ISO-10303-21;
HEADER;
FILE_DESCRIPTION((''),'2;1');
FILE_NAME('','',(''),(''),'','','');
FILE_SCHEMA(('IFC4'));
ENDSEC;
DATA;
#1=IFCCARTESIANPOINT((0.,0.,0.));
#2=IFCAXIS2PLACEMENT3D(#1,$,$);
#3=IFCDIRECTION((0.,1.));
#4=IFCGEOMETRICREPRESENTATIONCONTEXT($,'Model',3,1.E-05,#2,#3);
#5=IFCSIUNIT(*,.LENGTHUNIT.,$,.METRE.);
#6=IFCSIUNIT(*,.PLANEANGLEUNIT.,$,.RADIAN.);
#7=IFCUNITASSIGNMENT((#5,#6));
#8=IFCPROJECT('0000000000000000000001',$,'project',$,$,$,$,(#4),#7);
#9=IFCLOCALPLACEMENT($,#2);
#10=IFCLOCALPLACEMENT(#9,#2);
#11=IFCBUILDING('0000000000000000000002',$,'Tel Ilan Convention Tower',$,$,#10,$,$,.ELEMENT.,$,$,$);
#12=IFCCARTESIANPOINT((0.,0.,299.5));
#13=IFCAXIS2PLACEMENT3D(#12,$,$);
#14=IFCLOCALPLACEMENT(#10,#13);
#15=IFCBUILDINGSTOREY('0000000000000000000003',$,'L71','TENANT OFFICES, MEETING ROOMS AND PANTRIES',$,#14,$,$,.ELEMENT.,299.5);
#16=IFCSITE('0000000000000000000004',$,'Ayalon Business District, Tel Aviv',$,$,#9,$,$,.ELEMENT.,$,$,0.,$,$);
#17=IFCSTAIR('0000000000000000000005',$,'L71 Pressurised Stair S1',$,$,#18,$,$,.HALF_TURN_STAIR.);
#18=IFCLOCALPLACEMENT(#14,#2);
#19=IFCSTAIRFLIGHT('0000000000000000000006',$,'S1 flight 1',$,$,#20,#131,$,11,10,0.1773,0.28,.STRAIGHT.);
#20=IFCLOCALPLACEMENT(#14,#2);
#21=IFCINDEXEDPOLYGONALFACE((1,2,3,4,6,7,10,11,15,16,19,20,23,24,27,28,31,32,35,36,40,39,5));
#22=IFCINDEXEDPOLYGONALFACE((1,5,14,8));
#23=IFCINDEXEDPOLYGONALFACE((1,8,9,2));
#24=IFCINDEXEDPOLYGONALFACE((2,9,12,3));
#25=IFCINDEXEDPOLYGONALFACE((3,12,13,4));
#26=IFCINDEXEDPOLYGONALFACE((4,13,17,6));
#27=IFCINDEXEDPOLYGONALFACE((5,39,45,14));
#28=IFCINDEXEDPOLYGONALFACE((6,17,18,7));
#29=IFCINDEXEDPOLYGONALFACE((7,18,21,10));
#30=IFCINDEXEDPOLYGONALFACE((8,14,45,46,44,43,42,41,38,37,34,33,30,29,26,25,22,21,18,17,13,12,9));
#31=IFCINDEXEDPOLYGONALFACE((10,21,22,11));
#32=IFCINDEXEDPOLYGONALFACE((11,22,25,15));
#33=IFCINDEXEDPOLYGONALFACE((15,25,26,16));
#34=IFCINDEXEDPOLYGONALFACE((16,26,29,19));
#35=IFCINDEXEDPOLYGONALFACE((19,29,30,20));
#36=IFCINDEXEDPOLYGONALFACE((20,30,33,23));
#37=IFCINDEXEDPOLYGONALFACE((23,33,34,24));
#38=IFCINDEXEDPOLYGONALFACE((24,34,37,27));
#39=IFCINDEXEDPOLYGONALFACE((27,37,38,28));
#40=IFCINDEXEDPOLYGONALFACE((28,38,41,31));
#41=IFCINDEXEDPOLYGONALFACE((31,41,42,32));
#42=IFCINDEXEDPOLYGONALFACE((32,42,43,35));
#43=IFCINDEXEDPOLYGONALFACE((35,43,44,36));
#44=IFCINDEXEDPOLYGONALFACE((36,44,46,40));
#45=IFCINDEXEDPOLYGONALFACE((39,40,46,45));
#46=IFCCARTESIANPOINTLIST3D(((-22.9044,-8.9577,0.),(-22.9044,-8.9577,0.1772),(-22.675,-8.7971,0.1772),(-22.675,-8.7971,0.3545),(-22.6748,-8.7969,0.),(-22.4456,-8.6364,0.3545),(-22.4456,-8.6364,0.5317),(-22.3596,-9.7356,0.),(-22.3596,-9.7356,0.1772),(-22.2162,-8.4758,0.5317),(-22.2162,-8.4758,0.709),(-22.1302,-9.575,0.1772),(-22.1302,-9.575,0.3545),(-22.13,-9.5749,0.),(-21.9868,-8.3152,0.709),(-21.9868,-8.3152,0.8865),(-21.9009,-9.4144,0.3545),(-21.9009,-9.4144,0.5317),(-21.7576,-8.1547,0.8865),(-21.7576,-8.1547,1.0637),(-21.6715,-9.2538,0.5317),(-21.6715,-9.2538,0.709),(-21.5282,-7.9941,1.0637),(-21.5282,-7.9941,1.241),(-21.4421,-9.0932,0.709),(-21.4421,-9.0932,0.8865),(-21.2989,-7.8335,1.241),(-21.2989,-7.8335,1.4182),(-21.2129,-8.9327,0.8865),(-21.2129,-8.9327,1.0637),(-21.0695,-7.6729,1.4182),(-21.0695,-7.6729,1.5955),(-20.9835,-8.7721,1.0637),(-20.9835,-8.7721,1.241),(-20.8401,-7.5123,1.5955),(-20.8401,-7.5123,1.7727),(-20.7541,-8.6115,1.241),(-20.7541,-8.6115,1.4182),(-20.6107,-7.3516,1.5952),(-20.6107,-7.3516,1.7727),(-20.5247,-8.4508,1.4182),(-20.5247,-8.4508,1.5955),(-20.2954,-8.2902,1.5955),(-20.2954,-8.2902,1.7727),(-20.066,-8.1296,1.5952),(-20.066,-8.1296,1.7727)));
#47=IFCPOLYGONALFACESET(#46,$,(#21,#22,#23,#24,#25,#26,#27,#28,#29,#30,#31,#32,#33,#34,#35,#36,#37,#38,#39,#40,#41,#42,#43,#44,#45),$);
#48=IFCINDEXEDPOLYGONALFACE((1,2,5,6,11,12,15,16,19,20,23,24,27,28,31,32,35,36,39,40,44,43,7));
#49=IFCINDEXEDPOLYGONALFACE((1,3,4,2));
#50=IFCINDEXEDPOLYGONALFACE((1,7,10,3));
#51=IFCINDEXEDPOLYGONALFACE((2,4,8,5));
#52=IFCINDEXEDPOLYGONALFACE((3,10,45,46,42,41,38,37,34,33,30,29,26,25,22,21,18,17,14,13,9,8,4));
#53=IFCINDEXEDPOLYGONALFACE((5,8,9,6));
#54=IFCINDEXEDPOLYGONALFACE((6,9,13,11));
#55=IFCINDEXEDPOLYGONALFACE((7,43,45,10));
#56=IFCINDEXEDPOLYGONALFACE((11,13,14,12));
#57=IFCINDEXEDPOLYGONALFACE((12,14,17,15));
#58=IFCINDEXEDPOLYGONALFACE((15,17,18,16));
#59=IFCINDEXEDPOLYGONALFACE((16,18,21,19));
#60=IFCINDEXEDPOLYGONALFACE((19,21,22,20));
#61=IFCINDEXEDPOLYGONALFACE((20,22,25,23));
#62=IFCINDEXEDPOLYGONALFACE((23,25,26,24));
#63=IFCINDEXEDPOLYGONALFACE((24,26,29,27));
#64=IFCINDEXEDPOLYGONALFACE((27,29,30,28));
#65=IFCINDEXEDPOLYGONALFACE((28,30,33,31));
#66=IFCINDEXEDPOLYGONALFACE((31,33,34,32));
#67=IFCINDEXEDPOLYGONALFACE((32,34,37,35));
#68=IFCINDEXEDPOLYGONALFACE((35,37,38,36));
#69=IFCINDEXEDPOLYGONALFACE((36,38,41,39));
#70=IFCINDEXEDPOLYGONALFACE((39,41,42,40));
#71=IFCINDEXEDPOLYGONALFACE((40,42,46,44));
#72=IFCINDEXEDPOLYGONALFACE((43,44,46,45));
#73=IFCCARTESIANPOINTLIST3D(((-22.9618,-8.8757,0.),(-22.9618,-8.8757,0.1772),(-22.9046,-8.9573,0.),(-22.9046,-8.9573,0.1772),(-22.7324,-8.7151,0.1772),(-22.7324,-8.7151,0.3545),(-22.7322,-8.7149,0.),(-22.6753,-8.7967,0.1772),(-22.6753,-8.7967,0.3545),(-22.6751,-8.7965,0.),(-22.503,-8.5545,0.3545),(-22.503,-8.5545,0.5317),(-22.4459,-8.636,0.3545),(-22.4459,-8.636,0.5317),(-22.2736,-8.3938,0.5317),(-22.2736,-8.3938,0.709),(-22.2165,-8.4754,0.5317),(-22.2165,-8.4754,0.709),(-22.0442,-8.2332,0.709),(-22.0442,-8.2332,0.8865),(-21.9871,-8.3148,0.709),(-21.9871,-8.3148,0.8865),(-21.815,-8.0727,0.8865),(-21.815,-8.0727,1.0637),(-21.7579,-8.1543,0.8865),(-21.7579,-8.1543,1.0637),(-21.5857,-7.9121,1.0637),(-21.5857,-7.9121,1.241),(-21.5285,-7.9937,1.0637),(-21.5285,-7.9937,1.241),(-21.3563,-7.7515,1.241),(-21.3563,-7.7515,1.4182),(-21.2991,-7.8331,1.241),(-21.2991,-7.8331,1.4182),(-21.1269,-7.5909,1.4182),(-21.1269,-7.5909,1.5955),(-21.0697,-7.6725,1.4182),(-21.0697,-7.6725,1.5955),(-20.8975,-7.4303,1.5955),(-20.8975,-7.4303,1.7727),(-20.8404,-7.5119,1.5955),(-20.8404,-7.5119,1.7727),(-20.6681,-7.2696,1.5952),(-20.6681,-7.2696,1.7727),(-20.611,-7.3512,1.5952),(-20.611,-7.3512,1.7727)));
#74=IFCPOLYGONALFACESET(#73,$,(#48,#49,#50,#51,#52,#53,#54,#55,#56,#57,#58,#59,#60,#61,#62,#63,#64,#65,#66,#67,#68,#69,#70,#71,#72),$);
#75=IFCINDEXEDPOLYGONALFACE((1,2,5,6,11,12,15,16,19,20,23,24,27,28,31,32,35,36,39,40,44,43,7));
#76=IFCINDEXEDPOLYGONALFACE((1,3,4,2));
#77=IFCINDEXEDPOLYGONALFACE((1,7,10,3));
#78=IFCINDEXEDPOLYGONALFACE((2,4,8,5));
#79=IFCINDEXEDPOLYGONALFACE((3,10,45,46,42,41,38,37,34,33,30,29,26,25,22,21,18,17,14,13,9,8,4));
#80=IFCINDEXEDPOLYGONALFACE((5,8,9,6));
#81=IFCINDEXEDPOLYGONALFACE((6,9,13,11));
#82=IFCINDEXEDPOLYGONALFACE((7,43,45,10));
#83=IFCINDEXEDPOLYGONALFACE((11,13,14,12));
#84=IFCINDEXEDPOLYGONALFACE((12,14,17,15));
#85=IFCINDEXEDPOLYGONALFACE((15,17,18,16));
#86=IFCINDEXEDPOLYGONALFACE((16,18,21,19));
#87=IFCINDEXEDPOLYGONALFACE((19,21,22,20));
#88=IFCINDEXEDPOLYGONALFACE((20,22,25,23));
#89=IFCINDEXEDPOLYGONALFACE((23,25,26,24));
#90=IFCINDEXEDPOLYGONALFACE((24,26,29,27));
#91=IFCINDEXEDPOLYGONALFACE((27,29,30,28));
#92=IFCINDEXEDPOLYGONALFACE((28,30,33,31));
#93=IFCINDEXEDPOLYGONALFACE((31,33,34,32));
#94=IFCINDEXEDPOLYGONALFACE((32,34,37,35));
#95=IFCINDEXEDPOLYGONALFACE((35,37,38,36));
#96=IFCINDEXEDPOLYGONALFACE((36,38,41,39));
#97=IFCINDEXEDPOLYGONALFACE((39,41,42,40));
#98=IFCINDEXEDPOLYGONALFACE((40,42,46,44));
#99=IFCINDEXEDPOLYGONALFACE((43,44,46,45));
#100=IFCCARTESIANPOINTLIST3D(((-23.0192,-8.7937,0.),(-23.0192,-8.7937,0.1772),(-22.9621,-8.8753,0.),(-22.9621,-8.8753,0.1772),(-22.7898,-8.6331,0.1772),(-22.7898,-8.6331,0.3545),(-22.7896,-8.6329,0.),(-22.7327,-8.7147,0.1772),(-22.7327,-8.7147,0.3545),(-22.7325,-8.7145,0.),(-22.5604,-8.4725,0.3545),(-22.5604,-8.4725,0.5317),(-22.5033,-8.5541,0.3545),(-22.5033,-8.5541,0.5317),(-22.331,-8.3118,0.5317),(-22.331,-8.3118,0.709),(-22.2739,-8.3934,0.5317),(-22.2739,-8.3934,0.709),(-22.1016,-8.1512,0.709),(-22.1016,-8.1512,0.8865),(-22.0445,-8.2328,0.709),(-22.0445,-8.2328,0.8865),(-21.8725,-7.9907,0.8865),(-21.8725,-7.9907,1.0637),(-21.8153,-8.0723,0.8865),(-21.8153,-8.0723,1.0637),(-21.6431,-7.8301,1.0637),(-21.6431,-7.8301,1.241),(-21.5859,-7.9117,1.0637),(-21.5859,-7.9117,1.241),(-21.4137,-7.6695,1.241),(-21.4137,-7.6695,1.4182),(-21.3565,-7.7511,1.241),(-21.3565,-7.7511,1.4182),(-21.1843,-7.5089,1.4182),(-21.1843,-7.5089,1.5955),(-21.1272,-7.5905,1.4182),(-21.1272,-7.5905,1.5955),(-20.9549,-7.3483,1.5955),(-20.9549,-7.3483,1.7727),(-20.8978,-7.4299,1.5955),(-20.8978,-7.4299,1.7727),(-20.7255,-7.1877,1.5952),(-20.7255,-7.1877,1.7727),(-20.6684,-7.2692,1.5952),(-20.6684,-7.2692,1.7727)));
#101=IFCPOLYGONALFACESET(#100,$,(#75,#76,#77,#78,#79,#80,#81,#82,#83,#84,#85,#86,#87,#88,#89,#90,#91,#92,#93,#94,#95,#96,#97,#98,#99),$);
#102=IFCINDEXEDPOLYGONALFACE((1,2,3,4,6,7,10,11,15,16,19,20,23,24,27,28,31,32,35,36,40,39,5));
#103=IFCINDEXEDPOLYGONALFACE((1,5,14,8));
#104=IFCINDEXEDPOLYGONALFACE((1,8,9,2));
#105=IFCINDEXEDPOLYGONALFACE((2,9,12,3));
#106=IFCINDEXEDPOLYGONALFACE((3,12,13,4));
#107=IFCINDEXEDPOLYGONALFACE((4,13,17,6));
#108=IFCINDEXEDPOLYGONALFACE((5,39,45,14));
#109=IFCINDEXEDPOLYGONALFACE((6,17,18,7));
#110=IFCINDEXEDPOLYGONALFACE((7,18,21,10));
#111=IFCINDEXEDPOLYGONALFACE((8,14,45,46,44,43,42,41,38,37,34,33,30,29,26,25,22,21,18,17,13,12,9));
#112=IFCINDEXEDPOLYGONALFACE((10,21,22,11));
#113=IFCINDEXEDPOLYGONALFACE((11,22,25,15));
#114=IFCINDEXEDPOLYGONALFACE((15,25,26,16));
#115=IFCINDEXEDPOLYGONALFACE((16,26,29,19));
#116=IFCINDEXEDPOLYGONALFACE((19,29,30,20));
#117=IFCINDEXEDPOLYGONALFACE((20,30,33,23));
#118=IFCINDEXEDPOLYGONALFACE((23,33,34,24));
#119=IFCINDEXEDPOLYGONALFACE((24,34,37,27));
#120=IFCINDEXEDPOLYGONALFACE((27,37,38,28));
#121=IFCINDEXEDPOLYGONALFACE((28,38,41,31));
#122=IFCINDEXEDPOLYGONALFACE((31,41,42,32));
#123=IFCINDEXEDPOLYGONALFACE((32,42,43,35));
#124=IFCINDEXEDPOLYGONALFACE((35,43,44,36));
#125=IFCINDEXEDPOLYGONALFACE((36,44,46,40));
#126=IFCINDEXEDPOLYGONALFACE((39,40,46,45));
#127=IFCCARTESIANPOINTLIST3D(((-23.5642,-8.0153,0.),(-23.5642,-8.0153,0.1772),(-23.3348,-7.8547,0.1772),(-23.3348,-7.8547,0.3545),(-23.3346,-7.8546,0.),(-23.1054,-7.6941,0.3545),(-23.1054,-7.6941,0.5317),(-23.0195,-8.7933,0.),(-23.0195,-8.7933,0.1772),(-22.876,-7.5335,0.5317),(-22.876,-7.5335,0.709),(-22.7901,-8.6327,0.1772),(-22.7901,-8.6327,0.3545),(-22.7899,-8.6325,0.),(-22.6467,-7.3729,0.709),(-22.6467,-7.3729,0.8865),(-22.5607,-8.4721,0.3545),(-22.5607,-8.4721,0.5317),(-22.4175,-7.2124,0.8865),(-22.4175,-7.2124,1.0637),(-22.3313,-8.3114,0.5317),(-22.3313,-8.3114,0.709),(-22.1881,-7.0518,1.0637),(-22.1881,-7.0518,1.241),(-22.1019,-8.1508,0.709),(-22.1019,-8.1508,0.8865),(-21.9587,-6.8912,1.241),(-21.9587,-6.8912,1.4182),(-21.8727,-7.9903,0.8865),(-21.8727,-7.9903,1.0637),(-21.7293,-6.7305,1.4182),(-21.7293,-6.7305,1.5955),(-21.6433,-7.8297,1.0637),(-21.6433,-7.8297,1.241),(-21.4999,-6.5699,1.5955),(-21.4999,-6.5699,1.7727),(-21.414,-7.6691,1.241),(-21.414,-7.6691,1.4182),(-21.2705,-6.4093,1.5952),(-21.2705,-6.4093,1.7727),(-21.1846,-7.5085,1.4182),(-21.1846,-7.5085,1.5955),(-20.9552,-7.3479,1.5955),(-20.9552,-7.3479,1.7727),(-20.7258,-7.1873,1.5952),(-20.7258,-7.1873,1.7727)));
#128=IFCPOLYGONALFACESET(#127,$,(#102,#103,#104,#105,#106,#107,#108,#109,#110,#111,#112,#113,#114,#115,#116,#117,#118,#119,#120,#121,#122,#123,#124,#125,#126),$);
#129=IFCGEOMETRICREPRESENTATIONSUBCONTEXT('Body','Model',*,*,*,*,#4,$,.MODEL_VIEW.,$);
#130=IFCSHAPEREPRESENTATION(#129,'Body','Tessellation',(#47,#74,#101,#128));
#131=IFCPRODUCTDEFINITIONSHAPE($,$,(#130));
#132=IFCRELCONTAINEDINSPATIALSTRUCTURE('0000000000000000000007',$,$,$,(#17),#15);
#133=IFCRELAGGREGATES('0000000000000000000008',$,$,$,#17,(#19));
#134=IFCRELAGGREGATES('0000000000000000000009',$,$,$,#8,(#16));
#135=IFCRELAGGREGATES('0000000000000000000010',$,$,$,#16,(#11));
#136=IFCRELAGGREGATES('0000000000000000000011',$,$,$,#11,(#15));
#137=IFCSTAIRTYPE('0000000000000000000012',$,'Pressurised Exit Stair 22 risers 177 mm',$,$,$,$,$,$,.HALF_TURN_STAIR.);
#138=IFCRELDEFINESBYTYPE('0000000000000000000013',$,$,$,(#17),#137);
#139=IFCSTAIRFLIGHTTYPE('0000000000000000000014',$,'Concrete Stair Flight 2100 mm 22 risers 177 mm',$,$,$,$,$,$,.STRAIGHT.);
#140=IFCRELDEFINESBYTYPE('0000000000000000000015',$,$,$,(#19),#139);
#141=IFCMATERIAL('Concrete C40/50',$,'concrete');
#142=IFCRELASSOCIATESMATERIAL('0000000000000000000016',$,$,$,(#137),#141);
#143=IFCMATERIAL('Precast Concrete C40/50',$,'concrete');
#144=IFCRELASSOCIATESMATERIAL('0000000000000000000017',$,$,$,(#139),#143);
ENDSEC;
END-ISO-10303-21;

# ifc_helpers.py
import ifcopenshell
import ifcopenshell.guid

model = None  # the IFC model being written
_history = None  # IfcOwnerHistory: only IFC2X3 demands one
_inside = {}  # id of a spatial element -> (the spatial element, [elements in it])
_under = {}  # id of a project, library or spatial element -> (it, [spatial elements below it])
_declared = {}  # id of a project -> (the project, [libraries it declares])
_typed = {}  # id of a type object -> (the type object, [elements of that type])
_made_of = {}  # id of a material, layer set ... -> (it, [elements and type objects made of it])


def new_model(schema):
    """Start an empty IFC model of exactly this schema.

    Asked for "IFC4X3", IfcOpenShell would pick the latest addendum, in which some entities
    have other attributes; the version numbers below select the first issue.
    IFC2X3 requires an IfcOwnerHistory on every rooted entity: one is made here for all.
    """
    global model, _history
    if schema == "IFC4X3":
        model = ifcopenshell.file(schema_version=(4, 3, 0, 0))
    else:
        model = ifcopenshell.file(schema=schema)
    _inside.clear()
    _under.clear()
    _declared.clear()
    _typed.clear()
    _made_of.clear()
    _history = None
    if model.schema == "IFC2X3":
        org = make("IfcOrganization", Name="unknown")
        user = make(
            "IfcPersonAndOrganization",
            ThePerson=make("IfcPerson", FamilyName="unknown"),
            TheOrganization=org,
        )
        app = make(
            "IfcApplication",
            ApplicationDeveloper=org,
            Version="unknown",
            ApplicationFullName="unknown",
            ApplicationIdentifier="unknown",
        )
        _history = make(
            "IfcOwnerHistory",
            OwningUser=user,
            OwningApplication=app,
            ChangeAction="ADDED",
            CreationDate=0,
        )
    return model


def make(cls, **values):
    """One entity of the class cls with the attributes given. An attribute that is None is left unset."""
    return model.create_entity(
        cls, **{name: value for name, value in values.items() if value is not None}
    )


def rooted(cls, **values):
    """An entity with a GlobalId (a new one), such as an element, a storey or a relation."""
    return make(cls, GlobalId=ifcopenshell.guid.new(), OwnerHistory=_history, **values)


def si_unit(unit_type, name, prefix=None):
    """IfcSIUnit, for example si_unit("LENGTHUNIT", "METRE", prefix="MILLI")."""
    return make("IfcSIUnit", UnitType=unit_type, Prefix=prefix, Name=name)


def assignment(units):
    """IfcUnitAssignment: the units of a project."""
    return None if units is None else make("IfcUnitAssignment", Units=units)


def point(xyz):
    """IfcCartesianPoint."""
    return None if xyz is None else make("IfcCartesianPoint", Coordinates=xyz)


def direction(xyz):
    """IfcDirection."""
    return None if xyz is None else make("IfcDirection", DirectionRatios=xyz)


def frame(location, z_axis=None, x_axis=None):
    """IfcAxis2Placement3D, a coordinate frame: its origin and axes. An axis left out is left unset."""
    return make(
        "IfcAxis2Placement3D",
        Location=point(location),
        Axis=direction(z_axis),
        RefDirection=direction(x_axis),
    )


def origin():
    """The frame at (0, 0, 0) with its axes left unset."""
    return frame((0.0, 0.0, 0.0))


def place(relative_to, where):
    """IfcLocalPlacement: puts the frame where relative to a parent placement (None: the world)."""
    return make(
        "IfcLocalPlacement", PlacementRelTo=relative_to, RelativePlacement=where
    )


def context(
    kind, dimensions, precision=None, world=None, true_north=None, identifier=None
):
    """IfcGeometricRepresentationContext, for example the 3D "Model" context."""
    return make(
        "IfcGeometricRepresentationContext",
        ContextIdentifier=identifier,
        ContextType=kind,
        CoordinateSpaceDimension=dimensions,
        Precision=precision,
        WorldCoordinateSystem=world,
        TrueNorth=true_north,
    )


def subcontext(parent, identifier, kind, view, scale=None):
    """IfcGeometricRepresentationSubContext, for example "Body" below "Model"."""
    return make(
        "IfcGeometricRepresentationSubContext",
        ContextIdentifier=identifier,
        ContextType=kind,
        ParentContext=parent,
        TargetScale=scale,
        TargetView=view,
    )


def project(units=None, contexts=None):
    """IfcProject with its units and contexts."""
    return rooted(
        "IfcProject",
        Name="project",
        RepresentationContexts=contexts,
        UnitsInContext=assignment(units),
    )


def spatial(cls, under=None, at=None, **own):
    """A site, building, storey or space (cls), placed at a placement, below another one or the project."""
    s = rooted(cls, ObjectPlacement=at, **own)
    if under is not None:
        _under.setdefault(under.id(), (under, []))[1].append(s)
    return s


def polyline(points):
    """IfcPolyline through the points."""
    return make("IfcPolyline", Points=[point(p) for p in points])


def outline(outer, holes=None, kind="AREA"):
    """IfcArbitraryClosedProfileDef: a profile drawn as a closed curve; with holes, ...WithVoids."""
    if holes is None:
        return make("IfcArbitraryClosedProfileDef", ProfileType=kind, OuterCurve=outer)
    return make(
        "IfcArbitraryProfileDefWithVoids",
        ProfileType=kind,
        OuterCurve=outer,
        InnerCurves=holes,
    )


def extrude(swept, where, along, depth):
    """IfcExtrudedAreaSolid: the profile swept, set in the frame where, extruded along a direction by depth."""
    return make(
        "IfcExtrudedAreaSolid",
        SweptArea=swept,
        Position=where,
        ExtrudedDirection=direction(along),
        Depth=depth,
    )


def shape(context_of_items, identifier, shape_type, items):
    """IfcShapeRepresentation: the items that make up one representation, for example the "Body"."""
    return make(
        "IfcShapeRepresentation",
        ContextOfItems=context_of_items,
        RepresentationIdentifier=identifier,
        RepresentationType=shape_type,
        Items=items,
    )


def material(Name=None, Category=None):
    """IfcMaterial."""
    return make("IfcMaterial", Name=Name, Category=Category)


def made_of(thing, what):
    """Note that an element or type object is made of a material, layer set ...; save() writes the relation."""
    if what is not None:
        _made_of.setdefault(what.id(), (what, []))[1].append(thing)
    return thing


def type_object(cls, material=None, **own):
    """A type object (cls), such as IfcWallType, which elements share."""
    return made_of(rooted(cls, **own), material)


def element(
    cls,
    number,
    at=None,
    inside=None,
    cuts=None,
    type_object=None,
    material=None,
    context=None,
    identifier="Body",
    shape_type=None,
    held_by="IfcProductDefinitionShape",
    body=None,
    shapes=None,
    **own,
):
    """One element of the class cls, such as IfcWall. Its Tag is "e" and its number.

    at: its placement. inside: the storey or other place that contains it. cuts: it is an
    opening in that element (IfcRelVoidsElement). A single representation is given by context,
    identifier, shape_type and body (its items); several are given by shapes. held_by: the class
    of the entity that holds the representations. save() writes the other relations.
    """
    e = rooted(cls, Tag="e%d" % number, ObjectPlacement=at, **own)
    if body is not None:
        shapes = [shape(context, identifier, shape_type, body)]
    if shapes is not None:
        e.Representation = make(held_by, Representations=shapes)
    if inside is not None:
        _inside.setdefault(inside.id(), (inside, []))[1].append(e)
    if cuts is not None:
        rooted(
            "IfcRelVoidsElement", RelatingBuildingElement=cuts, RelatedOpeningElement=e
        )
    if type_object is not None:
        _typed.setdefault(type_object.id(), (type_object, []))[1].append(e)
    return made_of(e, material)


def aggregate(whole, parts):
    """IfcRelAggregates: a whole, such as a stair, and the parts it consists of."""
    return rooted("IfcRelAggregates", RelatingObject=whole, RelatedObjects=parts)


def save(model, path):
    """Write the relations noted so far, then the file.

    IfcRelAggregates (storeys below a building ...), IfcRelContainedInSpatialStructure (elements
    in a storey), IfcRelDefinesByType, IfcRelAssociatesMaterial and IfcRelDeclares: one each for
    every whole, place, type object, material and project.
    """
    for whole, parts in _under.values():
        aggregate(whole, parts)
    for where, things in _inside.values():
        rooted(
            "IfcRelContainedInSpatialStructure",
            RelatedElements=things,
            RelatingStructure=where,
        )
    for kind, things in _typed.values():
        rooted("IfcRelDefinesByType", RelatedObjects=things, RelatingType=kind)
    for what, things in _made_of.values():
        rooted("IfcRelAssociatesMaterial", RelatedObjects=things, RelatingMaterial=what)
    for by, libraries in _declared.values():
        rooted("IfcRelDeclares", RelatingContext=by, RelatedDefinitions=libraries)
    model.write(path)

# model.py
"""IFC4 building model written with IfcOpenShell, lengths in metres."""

from ifc_helpers import new_model, si_unit, direction, frame, origin, place, context, subcontext, project, spatial, polyline, outline, extrude, material, type_object, element, aggregate, save


model = new_model("IFC4")

# Units and contexts
model_context = context("Model", 3, precision=1e-05, world=origin(), true_north=direction((0.0, 1.0)))
body_context = subcontext(model_context, "Body", "Model", "MODEL_VIEW")
ifc_project = project(units=[si_unit("LENGTHUNIT", "METRE"), si_unit("PLANEANGLEUNIT", "RADIAN")], contexts=[model_context])

# Site, building, storey
site_placement = place(None, origin())
site = spatial("IfcSite", under=ifc_project, at=site_placement, Name="Ayalon Business District, Tel Aviv", CompositionType="ELEMENT", RefElevation=0.0)
building_placement = place(site_placement, origin())
building = spatial("IfcBuilding", under=site, at=building_placement, Name="Tel Ilan Convention Tower", CompositionType="ELEMENT")
storey_placement = place(building_placement, frame((0.0, 0.0, 299.5)))
storey = spatial("IfcBuildingStorey", under=building, at=storey_placement, Name="L71", Description="TENANT OFFICES, MEETING ROOMS AND PANTRIES", CompositionType="ELEMENT", Elevation=299.5)

# Stair, stair flight
ifc_material_1 = material(Name="Concrete C40/50", Category="concrete")
stair_type = type_object("IfcStairType", Name="Pressurised Exit Stair 22 risers 177 mm", PredefinedType="HALF_TURN_STAIR", material=ifc_material_1)
stair_1_placement = place(storey_placement, origin())
stair_1 = element("IfcStair", 1, at=stair_1_placement, inside=storey, type_object=stair_type, Name="L71 Pressurised Stair S1", PredefinedType="HALF_TURN_STAIR")
ifc_material_2 = material(Name="Precast Concrete C40/50", Category="concrete")
stair_flight_type = type_object("IfcStairFlightType", Name="Concrete Stair Flight 2100 mm 22 risers 177 mm", PredefinedType="STRAIGHT", material=ifc_material_2)
stair_flight_1_placement = place(storey_placement, frame((-22.9619, -8.8755, 0.0), z_axis=(0.0, 0.0, 1.0), x_axis=(0.819152, 0.573576, 0.0)))
stair_flight_1 = element("IfcStairFlight", 2, at=stair_flight_1_placement, type_object=stair_flight_type, Name="S1 flight 1", NumberOfRisers=11, NumberOfTreads=10, PredefinedType="STRAIGHT", RiserHeight=0.1773, TreadLength=0.28, context=body_context, shape_type="SweptSolid", body=[
    extrude(outline(polyline([(0.0, 0.0), (0.0, 0.1772), (0.28, 0.1772), (0.28, 0.3545), (0.5601, 0.3545), (0.5601, 0.5317), (0.8401, 0.5317), (0.8401, 0.709), (1.1201, 0.709), (1.1201, 0.8865), (1.3999, 0.8865), (1.3999, 1.0637), (1.6799, 1.0637), (1.6799, 1.241), (1.96, 1.241), (1.96, 1.4182), (2.24, 1.4182), (2.24, 1.5955), (2.52, 1.5955), (2.52, 1.7727), (2.8, 1.7727), (2.8, 1.95), (2.8, 1.5952), (0.2803, 0.0), (0.0, 0.0)])), frame((0.0, -0.1003, 0.0), z_axis=(0.0, -1.0, 0.0), x_axis=(1.0, 0.0, 0.0)), (0.0, 0.0, 1.0), 0.9497),
    extrude(outline(polyline([(0.0, 0.0), (0.0, 0.1772), (0.28, 0.1772), (0.28, 0.3545), (0.5601, 0.3545), (0.5601, 0.5317), (0.8401, 0.5317), (0.8401, 0.709), (1.1201, 0.709), (1.1201, 0.8865), (1.3999, 0.8865), (1.3999, 1.0637), (1.6799, 1.0637), (1.6799, 1.241), (1.96, 1.241), (1.96, 1.4182), (2.24, 1.4182), (2.24, 1.5955), (2.52, 1.5955), (2.52, 1.7727), (2.8, 1.7727), (2.8, 1.95), (2.8, 1.5952), (0.2803, 0.0), (0.0, 0.0)])), frame((0.0, -0.0002, 0.0), z_axis=(0.0, -1.0, 0.0), x_axis=(1.0, 0.0, 0.0)), (0.0, 0.0, 1.0), 0.0996),
    extrude(outline(polyline([(0.0, 0.0), (0.0, 0.1772), (0.28, 0.1772), (0.28, 0.3545), (0.5601, 0.3545), (0.5601, 0.5317), (0.8401, 0.5317), (0.8401, 0.709), (1.1201, 0.709), (1.1201, 0.8865), (1.3999, 0.8865), (1.3999, 1.0637), (1.6799, 1.0637), (1.6799, 1.241), (1.96, 1.241), (1.96, 1.4182), (2.24, 1.4182), (2.24, 1.5955), (2.52, 1.5955), (2.52, 1.7727), (2.8, 1.7727), (2.8, 1.95), (2.8, 1.5952), (0.2803, 0.0), (0.0, 0.0)])), frame((0.0, 0.0999, 0.0), z_axis=(0.0, -1.0, 0.0), x_axis=(1.0, 0.0, 0.0)), (0.0, 0.0, 1.0), 0.0996),
    extrude(outline(polyline([(0.0, 0.0), (0.0, 0.1772), (0.28, 0.1772), (0.28, 0.3545), (0.5601, 0.3545), (0.5601, 0.5317), (0.8401, 0.5317), (0.8401, 0.709), (1.1201, 0.709), (1.1201, 0.8865), (1.3999, 0.8865), (1.3999, 1.0637), (1.6799, 1.0637), (1.6799, 1.241), (1.96, 1.241), (1.96, 1.4182), (2.24, 1.4182), (2.24, 1.5955), (2.52, 1.5955), (2.52, 1.7727), (2.8, 1.7727), (2.8, 1.95), (2.8, 1.5952), (0.2803, 0.0), (0.0, 0.0)])), frame((0.0, 1.05, 0.0), z_axis=(0.0, -1.0, 0.0), x_axis=(1.0, 0.0, 0.0)), (0.0, 0.0, 1.0), 0.9497),
])
aggregate(stair_1, [stair_flight_1])

save(model, "model.ifc")
